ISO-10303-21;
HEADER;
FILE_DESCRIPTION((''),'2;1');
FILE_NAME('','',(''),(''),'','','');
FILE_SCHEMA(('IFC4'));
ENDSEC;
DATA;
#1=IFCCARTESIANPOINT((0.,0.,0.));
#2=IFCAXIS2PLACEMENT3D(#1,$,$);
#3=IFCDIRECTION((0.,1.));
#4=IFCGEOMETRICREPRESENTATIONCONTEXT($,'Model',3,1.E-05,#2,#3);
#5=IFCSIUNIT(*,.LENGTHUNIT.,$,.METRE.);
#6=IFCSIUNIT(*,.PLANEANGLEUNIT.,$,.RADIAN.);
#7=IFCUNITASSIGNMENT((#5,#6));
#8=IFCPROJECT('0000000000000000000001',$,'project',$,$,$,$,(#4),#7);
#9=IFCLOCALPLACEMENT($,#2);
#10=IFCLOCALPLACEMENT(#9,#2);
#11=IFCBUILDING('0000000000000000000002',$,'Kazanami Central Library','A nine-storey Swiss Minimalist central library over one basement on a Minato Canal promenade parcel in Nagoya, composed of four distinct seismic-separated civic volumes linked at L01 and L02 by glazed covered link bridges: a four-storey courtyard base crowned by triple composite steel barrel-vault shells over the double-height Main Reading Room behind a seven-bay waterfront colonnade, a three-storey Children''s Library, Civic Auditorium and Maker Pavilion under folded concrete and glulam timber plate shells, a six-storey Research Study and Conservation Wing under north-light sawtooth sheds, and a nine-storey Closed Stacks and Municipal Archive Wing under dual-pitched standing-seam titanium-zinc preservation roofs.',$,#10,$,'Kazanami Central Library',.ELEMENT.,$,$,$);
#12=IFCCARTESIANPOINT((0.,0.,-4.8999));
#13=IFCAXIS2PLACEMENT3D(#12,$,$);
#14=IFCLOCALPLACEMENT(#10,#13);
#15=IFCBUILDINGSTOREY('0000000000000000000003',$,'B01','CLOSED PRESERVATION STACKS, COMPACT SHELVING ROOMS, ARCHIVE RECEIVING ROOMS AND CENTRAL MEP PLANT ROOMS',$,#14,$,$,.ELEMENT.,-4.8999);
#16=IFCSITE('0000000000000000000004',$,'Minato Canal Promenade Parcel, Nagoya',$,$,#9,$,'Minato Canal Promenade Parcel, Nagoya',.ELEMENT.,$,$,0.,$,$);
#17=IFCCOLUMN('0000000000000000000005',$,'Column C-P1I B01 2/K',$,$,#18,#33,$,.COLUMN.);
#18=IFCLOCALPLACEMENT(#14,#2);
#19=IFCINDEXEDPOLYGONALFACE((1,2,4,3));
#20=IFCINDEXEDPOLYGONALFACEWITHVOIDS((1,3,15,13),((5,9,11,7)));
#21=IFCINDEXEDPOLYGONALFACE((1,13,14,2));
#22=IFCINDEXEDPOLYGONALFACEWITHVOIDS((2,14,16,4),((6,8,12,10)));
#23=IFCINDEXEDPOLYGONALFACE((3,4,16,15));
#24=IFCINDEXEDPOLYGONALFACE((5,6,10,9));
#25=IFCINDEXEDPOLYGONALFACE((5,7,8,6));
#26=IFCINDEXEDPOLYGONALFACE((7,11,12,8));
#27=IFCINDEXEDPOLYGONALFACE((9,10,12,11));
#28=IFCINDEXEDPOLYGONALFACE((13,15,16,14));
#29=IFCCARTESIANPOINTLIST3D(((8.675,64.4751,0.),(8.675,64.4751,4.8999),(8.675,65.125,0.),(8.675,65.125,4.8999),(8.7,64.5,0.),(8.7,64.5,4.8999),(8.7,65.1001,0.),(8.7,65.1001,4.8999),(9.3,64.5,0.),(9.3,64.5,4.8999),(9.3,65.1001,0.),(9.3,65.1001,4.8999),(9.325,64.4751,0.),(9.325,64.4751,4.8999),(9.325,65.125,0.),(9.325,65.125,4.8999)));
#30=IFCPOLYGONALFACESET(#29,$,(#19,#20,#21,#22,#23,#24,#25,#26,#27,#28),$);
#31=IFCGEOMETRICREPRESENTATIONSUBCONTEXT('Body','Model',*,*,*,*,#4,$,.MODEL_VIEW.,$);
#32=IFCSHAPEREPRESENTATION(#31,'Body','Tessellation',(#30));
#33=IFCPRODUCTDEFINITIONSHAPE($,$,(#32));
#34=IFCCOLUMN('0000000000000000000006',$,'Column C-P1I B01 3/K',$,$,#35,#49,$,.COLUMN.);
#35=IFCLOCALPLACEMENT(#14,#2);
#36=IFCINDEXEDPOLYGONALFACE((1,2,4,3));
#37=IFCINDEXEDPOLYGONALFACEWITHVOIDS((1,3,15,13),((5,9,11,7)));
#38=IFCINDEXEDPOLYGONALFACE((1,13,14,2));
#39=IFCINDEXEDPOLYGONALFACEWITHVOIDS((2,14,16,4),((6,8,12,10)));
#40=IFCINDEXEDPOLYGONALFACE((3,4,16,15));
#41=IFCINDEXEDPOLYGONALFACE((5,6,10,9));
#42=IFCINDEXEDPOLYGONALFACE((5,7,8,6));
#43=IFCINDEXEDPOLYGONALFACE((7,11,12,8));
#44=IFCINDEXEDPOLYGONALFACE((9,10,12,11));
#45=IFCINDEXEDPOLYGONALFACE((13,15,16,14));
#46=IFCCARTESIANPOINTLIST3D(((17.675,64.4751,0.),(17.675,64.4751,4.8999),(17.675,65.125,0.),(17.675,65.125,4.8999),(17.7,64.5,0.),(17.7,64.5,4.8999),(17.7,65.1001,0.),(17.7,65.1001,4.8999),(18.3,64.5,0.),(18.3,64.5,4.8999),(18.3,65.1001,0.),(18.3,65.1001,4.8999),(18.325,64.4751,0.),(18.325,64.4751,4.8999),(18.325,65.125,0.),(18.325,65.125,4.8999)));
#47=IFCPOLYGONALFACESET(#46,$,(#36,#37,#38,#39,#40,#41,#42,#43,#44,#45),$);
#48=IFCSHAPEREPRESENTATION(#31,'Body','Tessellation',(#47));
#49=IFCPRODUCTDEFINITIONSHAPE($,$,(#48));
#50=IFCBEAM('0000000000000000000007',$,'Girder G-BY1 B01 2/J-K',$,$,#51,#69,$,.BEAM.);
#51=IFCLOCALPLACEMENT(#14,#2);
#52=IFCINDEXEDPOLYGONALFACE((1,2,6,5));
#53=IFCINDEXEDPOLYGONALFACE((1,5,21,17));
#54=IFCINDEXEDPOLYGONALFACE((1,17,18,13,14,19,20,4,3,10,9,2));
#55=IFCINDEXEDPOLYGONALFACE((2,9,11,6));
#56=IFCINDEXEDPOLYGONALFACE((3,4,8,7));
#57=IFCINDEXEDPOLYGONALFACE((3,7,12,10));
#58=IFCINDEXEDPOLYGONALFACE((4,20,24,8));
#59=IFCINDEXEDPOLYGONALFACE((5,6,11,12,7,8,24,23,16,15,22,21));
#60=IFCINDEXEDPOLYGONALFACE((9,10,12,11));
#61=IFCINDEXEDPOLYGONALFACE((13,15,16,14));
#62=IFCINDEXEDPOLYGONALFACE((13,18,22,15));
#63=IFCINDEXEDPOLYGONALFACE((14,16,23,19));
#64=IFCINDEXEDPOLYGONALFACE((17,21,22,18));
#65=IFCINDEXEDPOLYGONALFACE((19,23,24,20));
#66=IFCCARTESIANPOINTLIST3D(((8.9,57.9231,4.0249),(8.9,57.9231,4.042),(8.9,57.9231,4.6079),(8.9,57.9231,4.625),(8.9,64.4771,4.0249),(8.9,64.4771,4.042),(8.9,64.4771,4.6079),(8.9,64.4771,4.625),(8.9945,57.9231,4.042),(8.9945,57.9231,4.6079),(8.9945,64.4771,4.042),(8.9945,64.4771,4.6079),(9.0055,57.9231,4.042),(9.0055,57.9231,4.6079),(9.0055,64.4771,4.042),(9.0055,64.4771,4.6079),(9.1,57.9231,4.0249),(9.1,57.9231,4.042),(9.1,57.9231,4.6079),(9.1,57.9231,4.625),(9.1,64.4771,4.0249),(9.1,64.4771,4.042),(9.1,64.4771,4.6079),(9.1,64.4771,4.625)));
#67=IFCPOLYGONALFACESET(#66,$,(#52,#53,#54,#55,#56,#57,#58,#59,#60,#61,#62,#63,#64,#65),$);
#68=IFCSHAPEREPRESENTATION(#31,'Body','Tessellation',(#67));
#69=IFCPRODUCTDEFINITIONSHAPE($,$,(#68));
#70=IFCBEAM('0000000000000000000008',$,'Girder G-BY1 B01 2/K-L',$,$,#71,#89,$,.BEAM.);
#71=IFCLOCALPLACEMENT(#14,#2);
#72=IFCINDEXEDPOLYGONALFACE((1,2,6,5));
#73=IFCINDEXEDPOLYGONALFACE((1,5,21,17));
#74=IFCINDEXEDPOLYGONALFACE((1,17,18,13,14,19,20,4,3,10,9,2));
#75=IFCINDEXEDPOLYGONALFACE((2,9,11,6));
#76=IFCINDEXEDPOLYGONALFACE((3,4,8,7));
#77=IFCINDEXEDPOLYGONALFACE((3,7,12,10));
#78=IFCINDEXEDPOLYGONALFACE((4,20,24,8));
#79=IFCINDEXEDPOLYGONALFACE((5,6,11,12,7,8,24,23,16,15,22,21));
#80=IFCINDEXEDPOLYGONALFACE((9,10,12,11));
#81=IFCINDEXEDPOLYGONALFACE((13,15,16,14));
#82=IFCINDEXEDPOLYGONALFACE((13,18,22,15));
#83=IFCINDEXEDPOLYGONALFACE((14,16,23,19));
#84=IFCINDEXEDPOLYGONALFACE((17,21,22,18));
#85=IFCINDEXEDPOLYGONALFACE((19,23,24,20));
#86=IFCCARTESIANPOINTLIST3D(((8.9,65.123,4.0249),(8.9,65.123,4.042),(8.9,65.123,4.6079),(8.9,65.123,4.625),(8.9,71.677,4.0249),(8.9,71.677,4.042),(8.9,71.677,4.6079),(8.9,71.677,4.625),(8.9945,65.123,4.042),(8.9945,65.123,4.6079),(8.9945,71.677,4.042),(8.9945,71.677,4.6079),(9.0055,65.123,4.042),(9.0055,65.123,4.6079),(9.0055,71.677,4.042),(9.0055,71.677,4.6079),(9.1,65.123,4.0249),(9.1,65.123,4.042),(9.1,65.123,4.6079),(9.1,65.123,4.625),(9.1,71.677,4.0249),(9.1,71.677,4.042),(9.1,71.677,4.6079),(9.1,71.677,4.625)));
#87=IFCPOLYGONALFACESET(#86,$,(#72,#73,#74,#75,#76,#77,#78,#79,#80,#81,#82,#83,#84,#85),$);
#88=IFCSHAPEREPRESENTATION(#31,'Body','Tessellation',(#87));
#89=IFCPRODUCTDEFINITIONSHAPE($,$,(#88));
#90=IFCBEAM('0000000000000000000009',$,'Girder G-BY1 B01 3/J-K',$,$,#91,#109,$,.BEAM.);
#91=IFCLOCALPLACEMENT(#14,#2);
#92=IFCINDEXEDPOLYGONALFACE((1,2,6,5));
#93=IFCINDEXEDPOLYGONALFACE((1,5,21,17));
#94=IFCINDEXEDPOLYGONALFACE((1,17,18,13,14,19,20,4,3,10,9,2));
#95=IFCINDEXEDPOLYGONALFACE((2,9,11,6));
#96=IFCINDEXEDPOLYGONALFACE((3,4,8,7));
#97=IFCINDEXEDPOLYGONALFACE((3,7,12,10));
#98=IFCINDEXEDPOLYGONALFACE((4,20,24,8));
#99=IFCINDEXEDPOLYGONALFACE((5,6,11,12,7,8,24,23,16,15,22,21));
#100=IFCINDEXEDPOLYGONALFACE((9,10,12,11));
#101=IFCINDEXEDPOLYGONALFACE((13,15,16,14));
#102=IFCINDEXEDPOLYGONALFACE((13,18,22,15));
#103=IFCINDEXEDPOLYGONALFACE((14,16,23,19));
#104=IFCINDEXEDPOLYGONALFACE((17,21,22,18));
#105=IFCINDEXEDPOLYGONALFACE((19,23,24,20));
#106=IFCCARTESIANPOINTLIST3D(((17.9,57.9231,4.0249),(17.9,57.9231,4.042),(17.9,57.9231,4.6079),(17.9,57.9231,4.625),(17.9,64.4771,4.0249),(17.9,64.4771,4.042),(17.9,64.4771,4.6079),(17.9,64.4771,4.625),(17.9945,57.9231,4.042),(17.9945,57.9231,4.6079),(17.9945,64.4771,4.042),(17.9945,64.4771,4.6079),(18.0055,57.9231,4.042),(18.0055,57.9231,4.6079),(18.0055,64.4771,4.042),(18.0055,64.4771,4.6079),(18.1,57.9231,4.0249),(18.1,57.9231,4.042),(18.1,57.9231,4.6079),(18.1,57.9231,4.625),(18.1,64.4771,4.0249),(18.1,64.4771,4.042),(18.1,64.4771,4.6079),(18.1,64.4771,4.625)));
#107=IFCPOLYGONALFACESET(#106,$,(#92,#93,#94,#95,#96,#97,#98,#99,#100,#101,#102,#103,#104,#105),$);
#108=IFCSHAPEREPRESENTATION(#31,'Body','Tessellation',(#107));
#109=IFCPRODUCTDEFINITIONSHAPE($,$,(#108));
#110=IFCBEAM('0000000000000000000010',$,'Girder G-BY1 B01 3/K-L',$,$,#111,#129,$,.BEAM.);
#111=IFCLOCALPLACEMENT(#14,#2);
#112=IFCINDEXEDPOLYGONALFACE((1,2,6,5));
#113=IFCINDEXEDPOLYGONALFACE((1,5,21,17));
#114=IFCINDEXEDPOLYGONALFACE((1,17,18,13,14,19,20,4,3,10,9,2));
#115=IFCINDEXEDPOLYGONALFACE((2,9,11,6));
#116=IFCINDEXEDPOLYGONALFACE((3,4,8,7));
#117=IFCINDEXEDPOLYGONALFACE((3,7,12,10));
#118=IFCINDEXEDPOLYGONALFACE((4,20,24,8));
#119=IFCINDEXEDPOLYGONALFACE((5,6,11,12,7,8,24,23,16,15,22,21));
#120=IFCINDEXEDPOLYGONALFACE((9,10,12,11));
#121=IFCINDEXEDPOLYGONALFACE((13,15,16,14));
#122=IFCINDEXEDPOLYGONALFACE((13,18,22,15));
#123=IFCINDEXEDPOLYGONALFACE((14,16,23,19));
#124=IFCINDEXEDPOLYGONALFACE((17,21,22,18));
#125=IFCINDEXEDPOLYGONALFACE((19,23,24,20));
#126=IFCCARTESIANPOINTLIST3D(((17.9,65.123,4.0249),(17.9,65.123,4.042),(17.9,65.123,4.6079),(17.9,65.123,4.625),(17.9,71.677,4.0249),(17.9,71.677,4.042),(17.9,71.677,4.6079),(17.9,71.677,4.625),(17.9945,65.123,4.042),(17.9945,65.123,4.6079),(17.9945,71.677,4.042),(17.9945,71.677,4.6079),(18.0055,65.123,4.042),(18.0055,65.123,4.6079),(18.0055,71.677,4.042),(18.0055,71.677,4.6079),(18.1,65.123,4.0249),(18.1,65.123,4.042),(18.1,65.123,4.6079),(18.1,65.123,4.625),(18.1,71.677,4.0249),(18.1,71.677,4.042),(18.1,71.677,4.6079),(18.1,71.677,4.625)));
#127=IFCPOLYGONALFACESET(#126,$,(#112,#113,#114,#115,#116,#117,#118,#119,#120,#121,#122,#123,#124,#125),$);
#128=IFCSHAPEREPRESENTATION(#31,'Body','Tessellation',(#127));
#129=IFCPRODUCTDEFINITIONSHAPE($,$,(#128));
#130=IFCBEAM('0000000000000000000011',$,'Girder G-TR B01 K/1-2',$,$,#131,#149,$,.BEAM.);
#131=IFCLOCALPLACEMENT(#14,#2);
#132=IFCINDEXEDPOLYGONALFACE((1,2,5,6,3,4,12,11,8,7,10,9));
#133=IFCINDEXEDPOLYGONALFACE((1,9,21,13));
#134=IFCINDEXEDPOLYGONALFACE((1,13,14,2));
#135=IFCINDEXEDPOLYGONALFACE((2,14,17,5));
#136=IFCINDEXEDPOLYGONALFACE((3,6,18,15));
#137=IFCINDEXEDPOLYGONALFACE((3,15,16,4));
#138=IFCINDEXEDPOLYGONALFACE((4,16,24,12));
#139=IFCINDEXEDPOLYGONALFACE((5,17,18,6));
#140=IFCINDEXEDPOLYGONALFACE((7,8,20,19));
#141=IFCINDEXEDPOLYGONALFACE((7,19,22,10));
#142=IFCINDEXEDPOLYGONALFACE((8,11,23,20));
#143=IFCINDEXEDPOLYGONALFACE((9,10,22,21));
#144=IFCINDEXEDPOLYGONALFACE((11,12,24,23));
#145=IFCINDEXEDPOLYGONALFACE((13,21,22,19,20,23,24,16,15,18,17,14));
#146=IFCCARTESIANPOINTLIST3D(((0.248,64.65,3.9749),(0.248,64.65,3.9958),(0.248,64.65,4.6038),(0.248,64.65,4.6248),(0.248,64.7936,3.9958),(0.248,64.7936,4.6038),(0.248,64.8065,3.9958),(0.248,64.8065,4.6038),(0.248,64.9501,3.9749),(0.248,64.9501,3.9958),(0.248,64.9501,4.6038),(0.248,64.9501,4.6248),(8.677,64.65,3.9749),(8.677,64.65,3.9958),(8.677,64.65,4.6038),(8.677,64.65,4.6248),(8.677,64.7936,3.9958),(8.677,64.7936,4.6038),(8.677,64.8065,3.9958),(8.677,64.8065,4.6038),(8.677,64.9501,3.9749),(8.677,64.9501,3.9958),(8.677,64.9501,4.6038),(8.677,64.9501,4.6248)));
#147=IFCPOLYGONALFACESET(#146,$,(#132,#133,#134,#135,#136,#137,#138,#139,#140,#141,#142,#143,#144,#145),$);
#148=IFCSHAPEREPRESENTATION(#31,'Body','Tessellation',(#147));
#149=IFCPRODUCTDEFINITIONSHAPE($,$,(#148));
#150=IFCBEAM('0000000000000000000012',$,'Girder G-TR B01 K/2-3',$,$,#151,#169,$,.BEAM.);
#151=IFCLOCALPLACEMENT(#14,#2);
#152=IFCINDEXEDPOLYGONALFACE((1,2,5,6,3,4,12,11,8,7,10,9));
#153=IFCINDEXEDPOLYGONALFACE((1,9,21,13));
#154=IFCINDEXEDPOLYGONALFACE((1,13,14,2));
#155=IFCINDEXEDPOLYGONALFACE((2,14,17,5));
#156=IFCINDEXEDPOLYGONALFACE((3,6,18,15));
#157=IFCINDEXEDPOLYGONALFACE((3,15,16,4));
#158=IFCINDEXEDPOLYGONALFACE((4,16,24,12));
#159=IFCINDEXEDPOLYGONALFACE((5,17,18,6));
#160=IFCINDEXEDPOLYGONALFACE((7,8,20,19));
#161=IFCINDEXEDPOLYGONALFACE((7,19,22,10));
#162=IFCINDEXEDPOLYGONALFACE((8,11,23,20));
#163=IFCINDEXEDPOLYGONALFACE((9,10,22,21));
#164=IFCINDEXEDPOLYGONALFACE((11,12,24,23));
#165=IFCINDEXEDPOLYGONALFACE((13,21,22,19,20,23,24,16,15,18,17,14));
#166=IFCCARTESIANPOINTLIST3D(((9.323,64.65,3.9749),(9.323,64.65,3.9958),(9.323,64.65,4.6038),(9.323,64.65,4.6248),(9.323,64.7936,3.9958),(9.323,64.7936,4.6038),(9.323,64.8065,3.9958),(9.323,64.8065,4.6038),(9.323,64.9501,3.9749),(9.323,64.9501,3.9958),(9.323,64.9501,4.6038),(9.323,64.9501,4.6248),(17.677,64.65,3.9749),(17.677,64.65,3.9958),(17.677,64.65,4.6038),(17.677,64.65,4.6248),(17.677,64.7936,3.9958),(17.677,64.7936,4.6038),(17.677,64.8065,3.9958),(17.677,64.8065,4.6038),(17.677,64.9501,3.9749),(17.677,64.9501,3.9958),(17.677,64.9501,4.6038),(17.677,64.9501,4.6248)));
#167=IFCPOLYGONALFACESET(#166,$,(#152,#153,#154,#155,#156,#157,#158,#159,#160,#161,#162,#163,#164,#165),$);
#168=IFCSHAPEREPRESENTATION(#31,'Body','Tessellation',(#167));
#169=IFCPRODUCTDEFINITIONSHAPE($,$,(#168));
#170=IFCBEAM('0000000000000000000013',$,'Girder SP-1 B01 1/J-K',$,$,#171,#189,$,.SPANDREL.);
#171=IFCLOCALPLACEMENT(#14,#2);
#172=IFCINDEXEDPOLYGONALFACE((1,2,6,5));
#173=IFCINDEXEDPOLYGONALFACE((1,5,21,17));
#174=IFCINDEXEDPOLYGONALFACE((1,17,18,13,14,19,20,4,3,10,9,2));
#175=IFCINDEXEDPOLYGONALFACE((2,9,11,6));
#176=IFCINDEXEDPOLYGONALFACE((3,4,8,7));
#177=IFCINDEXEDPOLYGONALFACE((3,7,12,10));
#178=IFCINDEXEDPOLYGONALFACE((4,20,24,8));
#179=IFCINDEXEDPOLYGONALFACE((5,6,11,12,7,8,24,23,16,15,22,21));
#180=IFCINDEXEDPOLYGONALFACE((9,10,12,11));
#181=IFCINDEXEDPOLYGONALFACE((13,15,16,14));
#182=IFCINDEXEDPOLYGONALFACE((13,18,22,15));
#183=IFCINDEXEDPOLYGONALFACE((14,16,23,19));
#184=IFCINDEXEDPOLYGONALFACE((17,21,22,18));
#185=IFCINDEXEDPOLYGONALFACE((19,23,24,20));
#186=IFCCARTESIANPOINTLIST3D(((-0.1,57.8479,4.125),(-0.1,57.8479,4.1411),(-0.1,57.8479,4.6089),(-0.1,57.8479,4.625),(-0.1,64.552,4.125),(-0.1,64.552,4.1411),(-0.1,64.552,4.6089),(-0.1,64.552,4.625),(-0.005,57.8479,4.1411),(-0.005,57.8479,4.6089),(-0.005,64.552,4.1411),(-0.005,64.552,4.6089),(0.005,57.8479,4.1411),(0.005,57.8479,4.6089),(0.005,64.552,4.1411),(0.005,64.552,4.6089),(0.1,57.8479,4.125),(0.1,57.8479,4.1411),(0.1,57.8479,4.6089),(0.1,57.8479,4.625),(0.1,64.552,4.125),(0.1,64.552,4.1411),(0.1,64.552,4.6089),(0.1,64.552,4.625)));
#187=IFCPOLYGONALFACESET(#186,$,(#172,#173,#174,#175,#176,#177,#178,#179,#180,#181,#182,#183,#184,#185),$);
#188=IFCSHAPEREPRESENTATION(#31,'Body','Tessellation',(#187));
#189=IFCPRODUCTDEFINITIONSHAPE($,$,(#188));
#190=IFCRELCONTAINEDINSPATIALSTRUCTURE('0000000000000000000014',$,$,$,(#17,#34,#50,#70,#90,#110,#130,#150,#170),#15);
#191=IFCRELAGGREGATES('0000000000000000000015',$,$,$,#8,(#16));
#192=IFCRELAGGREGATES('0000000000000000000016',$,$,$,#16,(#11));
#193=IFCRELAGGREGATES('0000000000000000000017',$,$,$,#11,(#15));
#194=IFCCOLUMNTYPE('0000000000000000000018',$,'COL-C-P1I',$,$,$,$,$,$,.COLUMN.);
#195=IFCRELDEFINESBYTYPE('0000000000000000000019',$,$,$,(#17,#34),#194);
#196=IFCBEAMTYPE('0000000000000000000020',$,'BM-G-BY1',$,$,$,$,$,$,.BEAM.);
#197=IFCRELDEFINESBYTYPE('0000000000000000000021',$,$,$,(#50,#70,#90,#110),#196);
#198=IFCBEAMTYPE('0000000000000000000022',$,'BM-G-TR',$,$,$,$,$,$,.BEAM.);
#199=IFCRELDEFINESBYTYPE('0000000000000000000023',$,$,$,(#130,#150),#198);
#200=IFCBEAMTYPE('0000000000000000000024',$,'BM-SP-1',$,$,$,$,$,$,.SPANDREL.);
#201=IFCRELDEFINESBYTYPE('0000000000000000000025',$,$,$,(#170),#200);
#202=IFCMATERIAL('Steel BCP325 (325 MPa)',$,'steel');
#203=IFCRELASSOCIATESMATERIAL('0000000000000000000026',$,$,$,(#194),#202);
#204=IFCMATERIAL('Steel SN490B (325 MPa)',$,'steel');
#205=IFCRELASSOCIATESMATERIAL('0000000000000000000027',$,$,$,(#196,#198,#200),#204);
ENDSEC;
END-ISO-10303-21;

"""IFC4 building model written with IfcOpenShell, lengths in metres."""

from ifc_helpers import new_model, si_unit, direction, frame, origin, origin_2d, place, context, subcontext, project, spatial, hollow_rectangle, i_section, extrude, material, material_profile, profile_set, type_object, element, save


model = new_model("IFC4")

# Units and contexts
model_context = context("Model", 3, precision=1e-05, world=origin(), true_north=direction((0.0, 1.0)))
body_context = subcontext(model_context, "Body", "Model", "MODEL_VIEW")
ifc_project = project(units=[si_unit("LENGTHUNIT", "METRE"), si_unit("PLANEANGLEUNIT", "RADIAN")], contexts=[model_context])

# Site, building, storey
site_placement = place(None, origin())
site = spatial("IfcSite", under=ifc_project, at=site_placement, Name="Minato Canal Promenade Parcel, Nagoya", LongName="Minato Canal Promenade Parcel, Nagoya", CompositionType="ELEMENT", RefElevation=0.0)
building_placement = place(site_placement, origin())
building = spatial("IfcBuilding", under=site, at=building_placement, Name="Kazanami Central Library", Description="A nine-storey Swiss Minimalist central library over one basement on a Minato Canal promenade parcel in Nagoya, composed of four distinct seismic-separated civic volumes linked at L01 and L02 by glazed covered link bridges: a four-storey courtyard base crowned by triple composite steel barrel-vault shells over the double-height Main Reading Room behind a seven-bay waterfront colonnade, a three-storey Children's Library, Civic Auditorium and Maker Pavilion under folded concrete and glulam timber plate shells, a six-storey Research Study and Conservation Wing under north-light sawtooth sheds, and a nine-storey Closed Stacks and Municipal Archive Wing under dual-pitched standing-seam titanium-zinc preservation roofs.", LongName="Kazanami Central Library", CompositionType="ELEMENT")
storey_placement = place(building_placement, frame((0.0, 0.0, -4.8999)))
storey = spatial("IfcBuildingStorey", under=building, at=storey_placement, Name="B01", Description="CLOSED PRESERVATION STACKS, COMPACT SHELVING ROOMS, ARCHIVE RECEIVING ROOMS AND CENTRAL MEP PLANT ROOMS", CompositionType="ELEMENT", Elevation=-4.8999)

# Columns
ifc_material_1 = material(Name="Steel BCP325 (325 MPa)", Category="steel")
ifc_material_profile_1 = material_profile(ifc_material_1, hollow_rectangle(XDim=0.6499, YDim=0.6499, WallThickness=0.0249, at=origin_2d()), Name="BCP-650x650x25")
ifc_profile_set_1 = profile_set([ifc_material_profile_1], Name="Steel BCP325 (325 MPa)")
column_type_1 = type_object("IfcColumnType", Name="COL-C-P1I", PredefinedType="COLUMN", material=ifc_profile_set_1)
for number, where, z_axis, x_axis, name in (
    (1, (9.0, 64.8, 0.0), (0.0, 0.0, 1.0), (1.0, 0.0, 0.0), "Column C-P1I B01 2/K"),
    (2, (18.0, 64.8, 0.0), (0.0, 0.0, 1.0), (1.0, 0.0, 0.0), "Column C-P1I B01 3/K"),
):
    element("IfcColumn", number, at=place(storey_placement, frame(where, z_axis=z_axis, x_axis=x_axis)), inside=storey, type_object=column_type_1, Name=name, PredefinedType="COLUMN", context=body_context, shape_type="SweptSolid", body=[
        extrude(hollow_rectangle(XDim=0.6499, YDim=0.6499, WallThickness=0.0249, at=origin_2d()), origin(), (0.0, 0.0, 1.0), 4.8999),
    ])

# Beams
ifc_material_2 = material(Name="Steel SN490B (325 MPa)", Category="steel")
ifc_material_profile_2 = material_profile(ifc_material_2, i_section(OverallWidth=0.2, OverallDepth=0.6001, WebThickness=0.011, FlangeThickness=0.0171, at=origin_2d()), Name="H-600x200x11x17")
ifc_profile_set_2 = profile_set([ifc_material_profile_2], Name="Steel SN490B (325 MPa)")
beam_type_1 = type_object("IfcBeamType", Name="BM-G-BY1", PredefinedType="BEAM", material=ifc_profile_set_2)
for number, where, z_axis, x_axis, name in (
    (3, (9.0, 57.9231, 4.325), (0.0, 1.0, 0.0), (-1.0, 0.0, 0.0), "Girder G-BY1 B01 2/J-K"),
    (4, (9.0, 65.123, 4.325), (0.0, 1.0, 0.0), (-1.0, 0.0, 0.0), "Girder G-BY1 B01 2/K-L"),
    (5, (18.0, 57.9231, 4.325), (0.0, 1.0, 0.0), (-1.0, 0.0, 0.0), "Girder G-BY1 B01 3/J-K"),
    (6, (18.0, 65.123, 4.325), (0.0, 1.0, 0.0), (-1.0, 0.0, 0.0), "Girder G-BY1 B01 3/K-L"),
):
    element("IfcBeam", number, at=place(storey_placement, frame(where, z_axis=z_axis, x_axis=x_axis)), inside=storey, type_object=beam_type_1, Name=name, PredefinedType="BEAM", context=body_context, shape_type="SweptSolid", body=[
        extrude(i_section(OverallWidth=0.2, OverallDepth=0.6001, WebThickness=0.011, FlangeThickness=0.0171, at=origin_2d()), origin(), (0.0, 0.0, 1.0), 6.554),
    ])
ifc_material_profile_3 = material_profile(ifc_material_2, i_section(OverallWidth=0.3, OverallDepth=0.6499, WebThickness=0.0129, FlangeThickness=0.021, at=origin_2d()), Name="H-650x300x13x21")
ifc_profile_set_3 = profile_set([ifc_material_profile_3], Name="Steel SN490B (325 MPa)")
beam_type_2 = type_object("IfcBeamType", Name="BM-G-TR", PredefinedType="BEAM", material=ifc_profile_set_3)
beam_1_placement = place(storey_placement, frame((0.248, 64.8, 4.2998), z_axis=(1.0, 0.0, 0.0), x_axis=(0.0, 1.0, 0.0)))
element("IfcBeam", 7, at=beam_1_placement, inside=storey, type_object=beam_type_2, Name="Girder G-TR B01 K/1-2", PredefinedType="BEAM", context=body_context, shape_type="SweptSolid", body=[
    extrude(i_section(OverallWidth=0.3, OverallDepth=0.6499, WebThickness=0.0129, FlangeThickness=0.021, at=origin_2d()), origin(), (0.0, 0.0, 1.0), 8.429),
])
beam_2_placement = place(storey_placement, frame((9.323, 64.8, 4.2998), z_axis=(1.0, 0.0, 0.0), x_axis=(0.0, 1.0, 0.0)))
element("IfcBeam", 8, at=beam_2_placement, inside=storey, type_object=beam_type_2, Name="Girder G-TR B01 K/2-3", PredefinedType="BEAM", context=body_context, shape_type="SweptSolid", body=[
    extrude(i_section(OverallWidth=0.3, OverallDepth=0.6499, WebThickness=0.0129, FlangeThickness=0.021, at=origin_2d()), origin(), (0.0, 0.0, 1.0), 8.354),
])
ifc_material_profile_4 = material_profile(ifc_material_2, i_section(OverallWidth=0.2, OverallDepth=0.5, WebThickness=0.01, FlangeThickness=0.0161, at=origin_2d()), Name="H-500x200x10x16")
ifc_profile_set_4 = profile_set([ifc_material_profile_4], Name="Steel SN490B (325 MPa)")
beam_type_3 = type_object("IfcBeamType", Name="BM-SP-1", PredefinedType="SPANDREL", material=ifc_profile_set_4)
beam_3_placement = place(storey_placement, frame((0.0, 57.8479, 4.375), z_axis=(0.0, 1.0, 0.0), x_axis=(-1.0, 0.0, 0.0)))
element("IfcBeam", 9, at=beam_3_placement, inside=storey, type_object=beam_type_3, Name="Girder SP-1 B01 1/J-K", PredefinedType="SPANDREL", context=body_context, shape_type="SweptSolid", body=[
    extrude(i_section(OverallWidth=0.2, OverallDepth=0.5, WebThickness=0.01, FlangeThickness=0.0161, at=origin_2d()), origin(), (0.0, 0.0, 1.0), 6.7041),
])

save(model, "model.ifc")
